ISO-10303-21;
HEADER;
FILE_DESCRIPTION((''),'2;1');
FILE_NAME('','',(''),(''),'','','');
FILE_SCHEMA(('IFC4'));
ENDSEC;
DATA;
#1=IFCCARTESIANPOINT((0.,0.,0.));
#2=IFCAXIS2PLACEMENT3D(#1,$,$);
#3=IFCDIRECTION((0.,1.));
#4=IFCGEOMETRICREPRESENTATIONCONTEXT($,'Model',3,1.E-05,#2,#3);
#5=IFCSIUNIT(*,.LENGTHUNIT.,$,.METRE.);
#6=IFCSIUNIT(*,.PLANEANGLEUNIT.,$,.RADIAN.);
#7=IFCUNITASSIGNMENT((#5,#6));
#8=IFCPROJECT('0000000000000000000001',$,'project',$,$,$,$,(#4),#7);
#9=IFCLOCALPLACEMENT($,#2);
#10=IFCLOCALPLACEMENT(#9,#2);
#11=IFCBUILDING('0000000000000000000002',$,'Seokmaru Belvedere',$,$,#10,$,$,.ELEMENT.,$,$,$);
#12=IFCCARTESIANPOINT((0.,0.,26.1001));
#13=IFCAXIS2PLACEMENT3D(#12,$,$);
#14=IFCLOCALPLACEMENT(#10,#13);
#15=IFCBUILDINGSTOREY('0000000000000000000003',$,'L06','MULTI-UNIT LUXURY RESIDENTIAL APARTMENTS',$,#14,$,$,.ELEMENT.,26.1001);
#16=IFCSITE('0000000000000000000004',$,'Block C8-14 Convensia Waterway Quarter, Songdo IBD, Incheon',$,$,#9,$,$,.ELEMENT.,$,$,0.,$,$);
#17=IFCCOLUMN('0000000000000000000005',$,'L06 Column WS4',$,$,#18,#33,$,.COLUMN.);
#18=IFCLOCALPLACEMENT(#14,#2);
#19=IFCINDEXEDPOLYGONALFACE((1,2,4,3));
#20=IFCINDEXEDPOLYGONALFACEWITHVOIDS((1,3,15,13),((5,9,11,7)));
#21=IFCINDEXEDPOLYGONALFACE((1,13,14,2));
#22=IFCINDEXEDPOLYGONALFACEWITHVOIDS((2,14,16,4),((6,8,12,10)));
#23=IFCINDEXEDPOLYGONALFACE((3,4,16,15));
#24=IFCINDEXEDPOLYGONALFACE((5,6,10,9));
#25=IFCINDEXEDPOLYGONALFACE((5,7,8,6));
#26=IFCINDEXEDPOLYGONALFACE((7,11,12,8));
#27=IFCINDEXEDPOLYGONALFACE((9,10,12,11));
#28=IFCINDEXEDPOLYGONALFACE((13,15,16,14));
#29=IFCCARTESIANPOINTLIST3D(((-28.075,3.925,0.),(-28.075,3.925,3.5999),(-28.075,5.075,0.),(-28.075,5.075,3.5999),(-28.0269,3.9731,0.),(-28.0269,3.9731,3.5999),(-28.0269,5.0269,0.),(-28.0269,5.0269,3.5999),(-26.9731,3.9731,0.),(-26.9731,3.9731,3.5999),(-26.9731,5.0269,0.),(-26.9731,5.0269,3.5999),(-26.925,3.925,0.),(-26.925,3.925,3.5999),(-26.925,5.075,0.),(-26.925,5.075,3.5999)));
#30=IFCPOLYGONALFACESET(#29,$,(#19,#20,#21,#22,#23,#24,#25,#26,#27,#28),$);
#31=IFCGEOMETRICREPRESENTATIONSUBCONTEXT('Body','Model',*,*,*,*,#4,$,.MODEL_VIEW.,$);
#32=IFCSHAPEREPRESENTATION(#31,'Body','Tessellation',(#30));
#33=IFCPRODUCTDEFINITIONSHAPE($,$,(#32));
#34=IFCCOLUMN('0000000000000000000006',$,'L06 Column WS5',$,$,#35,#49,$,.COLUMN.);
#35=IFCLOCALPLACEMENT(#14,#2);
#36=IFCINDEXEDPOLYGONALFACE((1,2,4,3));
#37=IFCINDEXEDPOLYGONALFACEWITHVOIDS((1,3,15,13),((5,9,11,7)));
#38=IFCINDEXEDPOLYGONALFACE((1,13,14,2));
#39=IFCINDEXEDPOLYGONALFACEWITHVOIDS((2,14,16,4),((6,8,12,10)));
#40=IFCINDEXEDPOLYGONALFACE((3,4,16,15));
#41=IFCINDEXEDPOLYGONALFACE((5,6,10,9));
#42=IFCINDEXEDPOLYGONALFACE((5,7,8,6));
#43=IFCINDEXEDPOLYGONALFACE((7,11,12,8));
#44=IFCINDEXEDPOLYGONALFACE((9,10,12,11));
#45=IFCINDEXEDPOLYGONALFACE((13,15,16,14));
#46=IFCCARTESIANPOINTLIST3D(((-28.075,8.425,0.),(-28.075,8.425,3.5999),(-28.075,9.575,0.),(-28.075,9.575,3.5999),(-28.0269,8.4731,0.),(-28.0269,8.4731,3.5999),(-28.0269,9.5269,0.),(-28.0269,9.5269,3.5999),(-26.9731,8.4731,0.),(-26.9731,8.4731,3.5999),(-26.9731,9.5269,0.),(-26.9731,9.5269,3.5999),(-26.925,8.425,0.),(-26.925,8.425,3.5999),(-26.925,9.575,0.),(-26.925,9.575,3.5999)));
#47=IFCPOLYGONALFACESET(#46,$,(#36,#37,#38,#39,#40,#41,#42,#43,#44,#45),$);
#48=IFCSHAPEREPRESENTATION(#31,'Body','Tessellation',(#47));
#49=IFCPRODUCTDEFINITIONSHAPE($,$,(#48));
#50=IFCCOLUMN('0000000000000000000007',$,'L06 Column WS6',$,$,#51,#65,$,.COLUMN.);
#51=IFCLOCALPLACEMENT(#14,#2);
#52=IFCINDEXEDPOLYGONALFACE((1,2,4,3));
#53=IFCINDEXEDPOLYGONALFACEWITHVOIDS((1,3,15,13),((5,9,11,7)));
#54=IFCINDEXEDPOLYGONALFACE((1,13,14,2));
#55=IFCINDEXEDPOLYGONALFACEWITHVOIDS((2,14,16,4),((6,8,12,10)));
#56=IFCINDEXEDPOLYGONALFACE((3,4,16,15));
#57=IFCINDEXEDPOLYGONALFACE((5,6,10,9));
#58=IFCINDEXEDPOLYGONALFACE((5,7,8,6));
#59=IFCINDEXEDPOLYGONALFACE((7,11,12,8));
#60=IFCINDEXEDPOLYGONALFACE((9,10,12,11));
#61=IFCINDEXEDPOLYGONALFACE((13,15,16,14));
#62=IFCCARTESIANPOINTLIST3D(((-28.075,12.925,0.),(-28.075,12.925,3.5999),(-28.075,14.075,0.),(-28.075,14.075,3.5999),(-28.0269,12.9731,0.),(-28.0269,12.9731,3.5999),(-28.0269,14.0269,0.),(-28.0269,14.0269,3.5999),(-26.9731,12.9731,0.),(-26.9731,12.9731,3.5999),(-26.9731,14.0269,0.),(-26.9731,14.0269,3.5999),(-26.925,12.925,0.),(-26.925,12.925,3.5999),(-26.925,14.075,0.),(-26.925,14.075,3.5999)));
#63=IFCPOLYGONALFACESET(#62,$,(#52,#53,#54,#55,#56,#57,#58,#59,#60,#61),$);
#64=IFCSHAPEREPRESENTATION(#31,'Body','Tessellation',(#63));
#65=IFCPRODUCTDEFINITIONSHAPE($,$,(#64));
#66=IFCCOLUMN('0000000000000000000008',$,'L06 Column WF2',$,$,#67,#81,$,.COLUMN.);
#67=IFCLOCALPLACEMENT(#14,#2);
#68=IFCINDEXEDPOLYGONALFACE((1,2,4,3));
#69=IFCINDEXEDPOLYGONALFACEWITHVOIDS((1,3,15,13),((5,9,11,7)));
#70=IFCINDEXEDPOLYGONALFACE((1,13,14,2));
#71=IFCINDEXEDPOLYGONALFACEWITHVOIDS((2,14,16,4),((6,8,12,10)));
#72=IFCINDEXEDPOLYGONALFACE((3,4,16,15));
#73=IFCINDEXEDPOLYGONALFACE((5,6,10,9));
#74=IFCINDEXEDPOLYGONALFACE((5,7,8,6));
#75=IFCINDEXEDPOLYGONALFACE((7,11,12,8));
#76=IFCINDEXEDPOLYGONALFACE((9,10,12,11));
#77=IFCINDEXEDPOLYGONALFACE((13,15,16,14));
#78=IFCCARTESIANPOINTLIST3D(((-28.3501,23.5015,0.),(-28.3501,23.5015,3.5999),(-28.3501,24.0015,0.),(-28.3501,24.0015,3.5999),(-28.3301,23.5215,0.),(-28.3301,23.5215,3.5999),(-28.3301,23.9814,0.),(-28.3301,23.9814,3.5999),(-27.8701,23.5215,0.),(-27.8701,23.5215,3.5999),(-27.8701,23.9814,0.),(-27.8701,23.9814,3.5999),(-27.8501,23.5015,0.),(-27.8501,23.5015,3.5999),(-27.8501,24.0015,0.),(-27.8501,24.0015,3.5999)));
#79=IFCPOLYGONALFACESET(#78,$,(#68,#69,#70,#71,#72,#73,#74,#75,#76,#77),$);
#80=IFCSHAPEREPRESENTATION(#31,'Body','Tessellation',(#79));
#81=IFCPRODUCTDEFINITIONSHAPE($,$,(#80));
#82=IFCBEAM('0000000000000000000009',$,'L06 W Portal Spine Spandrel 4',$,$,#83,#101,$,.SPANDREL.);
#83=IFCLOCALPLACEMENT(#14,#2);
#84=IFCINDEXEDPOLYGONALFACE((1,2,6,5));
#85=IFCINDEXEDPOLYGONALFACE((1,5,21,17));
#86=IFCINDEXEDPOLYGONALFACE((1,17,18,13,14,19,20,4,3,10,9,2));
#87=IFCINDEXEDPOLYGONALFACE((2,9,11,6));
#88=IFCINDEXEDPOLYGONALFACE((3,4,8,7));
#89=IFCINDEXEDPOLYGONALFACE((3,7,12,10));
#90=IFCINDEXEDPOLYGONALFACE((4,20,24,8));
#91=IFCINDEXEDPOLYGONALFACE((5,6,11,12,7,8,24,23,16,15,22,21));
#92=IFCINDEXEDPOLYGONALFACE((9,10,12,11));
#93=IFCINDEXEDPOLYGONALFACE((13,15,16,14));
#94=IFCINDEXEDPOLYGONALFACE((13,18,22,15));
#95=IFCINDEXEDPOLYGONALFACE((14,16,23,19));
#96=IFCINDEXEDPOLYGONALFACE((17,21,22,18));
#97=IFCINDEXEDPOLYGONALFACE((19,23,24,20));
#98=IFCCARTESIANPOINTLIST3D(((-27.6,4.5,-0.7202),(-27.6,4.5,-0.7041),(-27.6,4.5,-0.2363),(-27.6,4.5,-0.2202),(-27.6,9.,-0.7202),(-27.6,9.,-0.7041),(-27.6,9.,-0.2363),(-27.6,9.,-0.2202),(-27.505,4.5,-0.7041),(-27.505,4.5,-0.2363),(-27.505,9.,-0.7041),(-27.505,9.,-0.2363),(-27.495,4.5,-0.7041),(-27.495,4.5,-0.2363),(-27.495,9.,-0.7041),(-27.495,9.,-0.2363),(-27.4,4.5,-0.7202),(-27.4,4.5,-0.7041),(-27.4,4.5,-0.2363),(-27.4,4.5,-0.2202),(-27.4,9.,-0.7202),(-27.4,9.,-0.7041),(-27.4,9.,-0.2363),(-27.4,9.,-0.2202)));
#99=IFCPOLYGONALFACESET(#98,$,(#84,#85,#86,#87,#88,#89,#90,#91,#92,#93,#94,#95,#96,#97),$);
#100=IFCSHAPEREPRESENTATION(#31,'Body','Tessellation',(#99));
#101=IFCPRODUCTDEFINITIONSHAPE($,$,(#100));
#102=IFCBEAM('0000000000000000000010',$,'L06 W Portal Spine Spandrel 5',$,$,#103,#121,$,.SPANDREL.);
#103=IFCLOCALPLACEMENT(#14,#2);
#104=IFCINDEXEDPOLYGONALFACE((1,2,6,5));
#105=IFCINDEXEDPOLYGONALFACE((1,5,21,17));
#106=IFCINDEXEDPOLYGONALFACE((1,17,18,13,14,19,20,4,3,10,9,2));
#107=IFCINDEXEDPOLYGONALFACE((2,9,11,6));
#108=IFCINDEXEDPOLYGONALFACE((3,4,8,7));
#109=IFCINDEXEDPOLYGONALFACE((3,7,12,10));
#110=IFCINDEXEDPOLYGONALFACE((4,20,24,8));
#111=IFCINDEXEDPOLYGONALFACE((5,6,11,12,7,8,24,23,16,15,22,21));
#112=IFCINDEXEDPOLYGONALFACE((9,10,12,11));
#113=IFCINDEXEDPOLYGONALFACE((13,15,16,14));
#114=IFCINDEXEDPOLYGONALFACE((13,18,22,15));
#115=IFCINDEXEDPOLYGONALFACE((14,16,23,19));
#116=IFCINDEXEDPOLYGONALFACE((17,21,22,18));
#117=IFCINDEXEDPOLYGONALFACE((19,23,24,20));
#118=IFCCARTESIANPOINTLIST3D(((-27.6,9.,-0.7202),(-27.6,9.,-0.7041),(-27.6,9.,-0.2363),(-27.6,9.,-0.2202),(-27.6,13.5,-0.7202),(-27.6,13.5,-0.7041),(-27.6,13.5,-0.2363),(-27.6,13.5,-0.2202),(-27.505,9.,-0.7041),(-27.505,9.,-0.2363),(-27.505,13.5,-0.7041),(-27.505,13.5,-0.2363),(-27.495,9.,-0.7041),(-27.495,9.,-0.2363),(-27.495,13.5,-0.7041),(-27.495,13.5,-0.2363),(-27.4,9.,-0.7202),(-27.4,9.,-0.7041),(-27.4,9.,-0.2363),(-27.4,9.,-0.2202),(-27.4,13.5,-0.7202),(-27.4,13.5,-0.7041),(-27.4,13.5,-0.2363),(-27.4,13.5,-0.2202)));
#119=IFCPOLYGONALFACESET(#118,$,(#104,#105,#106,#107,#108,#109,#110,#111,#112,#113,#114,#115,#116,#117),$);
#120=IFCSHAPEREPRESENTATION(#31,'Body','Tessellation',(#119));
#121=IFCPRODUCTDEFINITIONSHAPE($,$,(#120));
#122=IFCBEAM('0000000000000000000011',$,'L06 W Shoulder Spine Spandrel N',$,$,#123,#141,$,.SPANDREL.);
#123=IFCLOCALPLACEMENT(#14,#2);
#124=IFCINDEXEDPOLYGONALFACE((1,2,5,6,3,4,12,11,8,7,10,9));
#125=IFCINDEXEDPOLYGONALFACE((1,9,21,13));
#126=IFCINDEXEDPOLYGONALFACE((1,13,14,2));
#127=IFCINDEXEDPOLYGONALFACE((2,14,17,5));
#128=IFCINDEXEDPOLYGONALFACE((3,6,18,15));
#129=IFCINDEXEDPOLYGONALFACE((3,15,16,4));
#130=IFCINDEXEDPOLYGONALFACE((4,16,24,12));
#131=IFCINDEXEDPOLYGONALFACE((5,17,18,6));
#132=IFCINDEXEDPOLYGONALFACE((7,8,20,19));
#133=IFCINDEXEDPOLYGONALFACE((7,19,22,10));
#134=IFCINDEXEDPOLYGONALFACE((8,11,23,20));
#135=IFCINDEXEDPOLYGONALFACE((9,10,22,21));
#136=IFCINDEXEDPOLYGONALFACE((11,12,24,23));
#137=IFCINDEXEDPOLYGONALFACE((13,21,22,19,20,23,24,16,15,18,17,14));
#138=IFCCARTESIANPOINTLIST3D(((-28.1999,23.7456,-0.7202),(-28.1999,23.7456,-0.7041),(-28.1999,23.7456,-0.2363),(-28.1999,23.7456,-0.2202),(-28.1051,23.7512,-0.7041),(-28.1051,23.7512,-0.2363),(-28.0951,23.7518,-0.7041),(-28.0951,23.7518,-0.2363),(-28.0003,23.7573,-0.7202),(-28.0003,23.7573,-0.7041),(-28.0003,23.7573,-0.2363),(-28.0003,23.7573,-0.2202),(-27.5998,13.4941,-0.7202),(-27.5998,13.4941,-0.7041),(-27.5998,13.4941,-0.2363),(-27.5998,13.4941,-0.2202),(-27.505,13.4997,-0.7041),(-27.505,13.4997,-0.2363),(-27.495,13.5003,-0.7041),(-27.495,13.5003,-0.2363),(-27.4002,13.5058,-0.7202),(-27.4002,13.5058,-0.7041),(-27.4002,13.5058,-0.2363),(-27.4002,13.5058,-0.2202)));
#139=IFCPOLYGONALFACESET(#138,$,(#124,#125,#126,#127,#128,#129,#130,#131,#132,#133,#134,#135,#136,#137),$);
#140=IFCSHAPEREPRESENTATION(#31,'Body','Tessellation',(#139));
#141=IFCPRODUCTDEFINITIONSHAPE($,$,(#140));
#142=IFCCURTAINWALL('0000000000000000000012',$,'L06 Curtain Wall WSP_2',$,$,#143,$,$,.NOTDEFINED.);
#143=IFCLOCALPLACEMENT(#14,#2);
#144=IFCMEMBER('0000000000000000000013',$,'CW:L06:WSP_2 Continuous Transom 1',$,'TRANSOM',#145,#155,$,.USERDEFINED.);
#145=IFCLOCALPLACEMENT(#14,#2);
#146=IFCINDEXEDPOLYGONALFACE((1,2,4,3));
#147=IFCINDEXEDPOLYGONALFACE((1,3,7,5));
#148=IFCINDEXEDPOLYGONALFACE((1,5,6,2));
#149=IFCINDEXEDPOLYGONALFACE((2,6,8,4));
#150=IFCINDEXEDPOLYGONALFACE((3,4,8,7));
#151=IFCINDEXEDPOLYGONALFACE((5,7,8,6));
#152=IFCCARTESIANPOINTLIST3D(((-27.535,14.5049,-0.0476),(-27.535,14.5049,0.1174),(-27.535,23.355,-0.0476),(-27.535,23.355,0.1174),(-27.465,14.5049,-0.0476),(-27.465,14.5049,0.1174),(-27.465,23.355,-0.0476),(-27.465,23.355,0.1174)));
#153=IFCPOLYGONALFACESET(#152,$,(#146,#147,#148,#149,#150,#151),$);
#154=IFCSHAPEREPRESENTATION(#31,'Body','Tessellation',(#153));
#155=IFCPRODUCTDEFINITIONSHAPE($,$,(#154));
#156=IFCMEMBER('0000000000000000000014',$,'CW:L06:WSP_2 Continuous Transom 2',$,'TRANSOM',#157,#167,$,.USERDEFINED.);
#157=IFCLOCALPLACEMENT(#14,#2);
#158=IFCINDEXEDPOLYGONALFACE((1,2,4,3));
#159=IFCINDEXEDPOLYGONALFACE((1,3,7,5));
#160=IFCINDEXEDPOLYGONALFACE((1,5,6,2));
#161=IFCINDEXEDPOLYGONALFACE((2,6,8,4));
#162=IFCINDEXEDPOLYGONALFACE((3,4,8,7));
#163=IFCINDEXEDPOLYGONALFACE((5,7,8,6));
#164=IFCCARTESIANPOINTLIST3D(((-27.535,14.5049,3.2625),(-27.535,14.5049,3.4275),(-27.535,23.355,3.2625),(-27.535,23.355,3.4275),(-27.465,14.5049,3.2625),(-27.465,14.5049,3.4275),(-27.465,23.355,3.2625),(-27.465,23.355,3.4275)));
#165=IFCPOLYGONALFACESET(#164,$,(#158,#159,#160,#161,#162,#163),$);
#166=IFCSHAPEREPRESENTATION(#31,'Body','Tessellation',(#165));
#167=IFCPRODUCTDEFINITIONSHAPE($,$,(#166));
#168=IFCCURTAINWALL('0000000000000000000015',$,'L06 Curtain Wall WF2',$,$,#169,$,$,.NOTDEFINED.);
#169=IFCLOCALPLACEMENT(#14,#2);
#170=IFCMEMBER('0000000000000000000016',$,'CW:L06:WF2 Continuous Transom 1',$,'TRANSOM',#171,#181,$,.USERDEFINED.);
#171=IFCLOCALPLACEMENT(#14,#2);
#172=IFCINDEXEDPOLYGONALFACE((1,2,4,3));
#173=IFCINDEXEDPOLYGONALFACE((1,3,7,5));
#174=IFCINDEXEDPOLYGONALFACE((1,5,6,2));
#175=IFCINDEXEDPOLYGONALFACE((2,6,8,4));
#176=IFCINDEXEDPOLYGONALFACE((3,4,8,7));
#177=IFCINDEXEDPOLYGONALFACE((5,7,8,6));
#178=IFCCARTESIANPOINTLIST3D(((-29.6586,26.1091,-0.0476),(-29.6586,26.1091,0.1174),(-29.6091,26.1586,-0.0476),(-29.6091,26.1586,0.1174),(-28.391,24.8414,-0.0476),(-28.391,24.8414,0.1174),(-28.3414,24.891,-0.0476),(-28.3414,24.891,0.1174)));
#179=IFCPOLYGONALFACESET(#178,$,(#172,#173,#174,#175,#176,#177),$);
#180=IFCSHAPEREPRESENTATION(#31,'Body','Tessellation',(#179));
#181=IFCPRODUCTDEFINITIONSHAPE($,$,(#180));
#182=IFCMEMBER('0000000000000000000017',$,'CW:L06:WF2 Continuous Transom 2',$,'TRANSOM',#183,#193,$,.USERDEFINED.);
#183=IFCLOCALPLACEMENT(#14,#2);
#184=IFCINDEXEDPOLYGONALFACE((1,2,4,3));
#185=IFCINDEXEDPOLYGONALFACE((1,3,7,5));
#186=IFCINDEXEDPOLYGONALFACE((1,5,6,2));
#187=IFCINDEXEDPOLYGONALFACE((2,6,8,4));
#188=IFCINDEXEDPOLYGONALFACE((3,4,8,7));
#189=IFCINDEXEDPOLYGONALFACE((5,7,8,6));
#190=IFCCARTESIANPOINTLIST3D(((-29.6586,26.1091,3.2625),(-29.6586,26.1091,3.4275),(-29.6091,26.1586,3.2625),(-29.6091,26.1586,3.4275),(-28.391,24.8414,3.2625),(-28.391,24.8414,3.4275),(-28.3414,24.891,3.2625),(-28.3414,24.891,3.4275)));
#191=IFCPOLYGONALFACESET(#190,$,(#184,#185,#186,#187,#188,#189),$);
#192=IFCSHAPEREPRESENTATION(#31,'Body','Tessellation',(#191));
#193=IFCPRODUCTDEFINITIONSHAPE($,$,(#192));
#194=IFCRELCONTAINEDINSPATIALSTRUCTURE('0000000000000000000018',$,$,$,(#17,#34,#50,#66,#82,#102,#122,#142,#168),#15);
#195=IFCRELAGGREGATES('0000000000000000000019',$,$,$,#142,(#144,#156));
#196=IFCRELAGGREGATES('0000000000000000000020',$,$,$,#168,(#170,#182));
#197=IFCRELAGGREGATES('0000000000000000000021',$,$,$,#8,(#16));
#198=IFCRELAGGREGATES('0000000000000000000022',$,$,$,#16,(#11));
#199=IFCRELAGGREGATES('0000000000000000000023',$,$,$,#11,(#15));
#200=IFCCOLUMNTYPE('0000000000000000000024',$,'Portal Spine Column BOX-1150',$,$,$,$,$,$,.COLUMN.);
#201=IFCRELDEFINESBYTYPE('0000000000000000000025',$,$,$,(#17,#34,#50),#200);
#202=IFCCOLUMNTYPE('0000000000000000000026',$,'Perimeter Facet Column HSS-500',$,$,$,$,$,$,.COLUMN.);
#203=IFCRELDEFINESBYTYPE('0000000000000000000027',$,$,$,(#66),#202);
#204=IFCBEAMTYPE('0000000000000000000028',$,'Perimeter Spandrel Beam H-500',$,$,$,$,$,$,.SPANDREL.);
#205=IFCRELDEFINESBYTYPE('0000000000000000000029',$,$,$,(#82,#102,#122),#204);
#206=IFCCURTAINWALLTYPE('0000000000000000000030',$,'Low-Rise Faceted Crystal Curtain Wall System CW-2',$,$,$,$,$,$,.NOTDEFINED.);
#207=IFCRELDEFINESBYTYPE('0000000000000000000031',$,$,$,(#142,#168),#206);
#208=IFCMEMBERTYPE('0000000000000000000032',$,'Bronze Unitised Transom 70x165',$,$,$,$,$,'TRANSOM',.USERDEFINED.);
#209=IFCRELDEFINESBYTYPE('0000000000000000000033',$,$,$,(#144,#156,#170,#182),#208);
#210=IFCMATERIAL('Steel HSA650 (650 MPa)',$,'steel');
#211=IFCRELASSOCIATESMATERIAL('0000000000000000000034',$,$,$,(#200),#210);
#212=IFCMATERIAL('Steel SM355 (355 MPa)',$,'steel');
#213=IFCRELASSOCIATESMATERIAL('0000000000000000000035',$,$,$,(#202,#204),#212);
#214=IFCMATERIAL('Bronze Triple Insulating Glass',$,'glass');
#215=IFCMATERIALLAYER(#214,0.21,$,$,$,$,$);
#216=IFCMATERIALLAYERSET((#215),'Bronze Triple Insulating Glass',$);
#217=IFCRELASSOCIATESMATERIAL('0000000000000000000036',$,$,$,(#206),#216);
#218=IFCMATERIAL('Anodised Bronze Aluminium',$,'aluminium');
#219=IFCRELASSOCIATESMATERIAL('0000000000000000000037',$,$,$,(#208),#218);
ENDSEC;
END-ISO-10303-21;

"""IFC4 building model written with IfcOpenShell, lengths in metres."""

from ifc_helpers import new_model, si_unit, direction, frame, origin, origin_2d, place, context, subcontext, project, spatial, rectangle, hollow_rectangle, i_section, extrude, source, transform, mapped, material, layer, layer_set, material_profile, profile_set, type_object, type_shapes, element, aggregate, save


model = new_model("IFC4")

# Units and contexts
model_context = context("Model", 3, precision=1e-05, world=origin(), true_north=direction((0.0, 1.0)))
body_context = subcontext(model_context, "Body", "Model", "MODEL_VIEW")
ifc_project = project(units=[si_unit("LENGTHUNIT", "METRE"), si_unit("PLANEANGLEUNIT", "RADIAN")], contexts=[model_context])

# Site, building, storey
site_placement = place(None, origin())
site = spatial("IfcSite", under=ifc_project, at=site_placement, Name="Block C8-14 Convensia Waterway Quarter, Songdo IBD, Incheon", CompositionType="ELEMENT", RefElevation=0.0)
building_placement = place(site_placement, origin())
building = spatial("IfcBuilding", under=site, at=building_placement, Name="Seokmaru Belvedere", CompositionType="ELEMENT")
storey_placement = place(building_placement, frame((0.0, 0.0, 26.1001)))
storey = spatial("IfcBuildingStorey", under=building, at=storey_placement, Name="L06", Description="MULTI-UNIT LUXURY RESIDENTIAL APARTMENTS", CompositionType="ELEMENT", Elevation=26.1001)

# Columns
ifc_material_1 = material(Name="Steel HSA650 (650 MPa)", Category="steel")
ifc_material_profile_1 = material_profile(ifc_material_1, hollow_rectangle(XDim=1.1499, YDim=1.1499, WallThickness=0.0481, at=origin_2d()), Name="BOX-1150x1150x48")
ifc_profile_set_1 = profile_set([ifc_material_profile_1], Name="Steel HSA650 (650 MPa)")
column_type_1 = type_object("IfcColumnType", Name="Portal Spine Column BOX-1150", PredefinedType="COLUMN", material=ifc_profile_set_1)
shared_shape_1 = source(origin(), body_context, "Body", "SweptSolid", [
    extrude(hollow_rectangle(XDim=1.1499, YDim=1.1499, WallThickness=0.0481, at=origin_2d()), origin(), (0.0, 0.0, 1.0), 3.5999),
])
type_shapes(column_type_1, [shared_shape_1])
for number, where, z_axis, x_axis, name in (
    (1, (-27.5, 4.5, 0.0), (0.0, 0.0, 1.0), (1.0, 0.0, 0.0), "L06 Column WS4"),
    (2, (-27.5, 9.0, 0.0), (0.0, 0.0, 1.0), (1.0, 0.0, 0.0), "L06 Column WS5"),
    (3, (-27.5, 13.5, 0.0), (0.0, 0.0, 1.0), (1.0, 0.0, 0.0), "L06 Column WS6"),
):
    element("IfcColumn", number, at=place(storey_placement, frame(where, z_axis=z_axis, x_axis=x_axis)), inside=storey, type_object=column_type_1, Name=name, PredefinedType="COLUMN", context=body_context, shape_type="MappedRepresentation", body=[
        mapped(shared_shape_1, transform((0.0, 0.0, 0.0), scale=1.0)),
    ])
ifc_material_2 = material(Name="Steel SM355 (355 MPa)", Category="steel")
ifc_material_profile_2 = material_profile(ifc_material_2, hollow_rectangle(XDim=0.5, YDim=0.5, WallThickness=0.02, at=origin_2d()), Name="HSS-500x500x20")
ifc_profile_set_2 = profile_set([ifc_material_profile_2], Name="Steel SM355 (355 MPa)")
column_type_2 = type_object("IfcColumnType", Name="Perimeter Facet Column HSS-500", PredefinedType="COLUMN", material=ifc_profile_set_2)
shared_shape_2 = source(origin(), body_context, "Body", "SweptSolid", [
    extrude(hollow_rectangle(XDim=0.5, YDim=0.5, WallThickness=0.02, at=origin_2d()), origin(), (0.0, 0.0, 1.0), 3.5999),
])
type_shapes(column_type_2, [shared_shape_2])
column_placement = place(storey_placement, frame((-28.1001, 23.7515, 0.0), z_axis=(0.0, 0.0, 1.0), x_axis=(1.0, 0.0, 0.0)))
element("IfcColumn", 4, at=column_placement, inside=storey, type_object=column_type_2, Name="L06 Column WF2", PredefinedType="COLUMN", context=body_context, shape_type="MappedRepresentation", body=[
    mapped(shared_shape_2, transform((0.0, 0.0, 0.0), scale=1.0)),
])

# Beams
ifc_material_profile_3 = material_profile(ifc_material_2, i_section(OverallWidth=0.2, OverallDepth=0.5, WebThickness=0.01, FlangeThickness=0.0161, at=origin_2d()), Name="H-500x200x10x16")
ifc_profile_set_3 = profile_set([ifc_material_profile_3], Name="Steel SM355 (355 MPa)")
beam_type = type_object("IfcBeamType", Name="Perimeter Spandrel Beam H-500", PredefinedType="SPANDREL", material=ifc_profile_set_3)
shared_shape_3 = source(origin(), body_context, "Body", "SweptSolid", [
    extrude(i_section(OverallWidth=0.2, OverallDepth=0.5, WebThickness=0.01, FlangeThickness=0.0161, at=origin_2d()), origin(), (0.0, 0.0, 1.0), 4.5),
])
for number, where, z_axis, x_axis, name in (
    (5, (-27.5, 4.5, -0.4702), (0.0, 1.0, 0.0), (-1.0, 0.0, 0.0), "L06 W Portal Spine Spandrel 4"),
    (6, (-27.5, 9.0, -0.4702), (0.0, 1.0, 0.0), (-1.0, 0.0, 0.0), "L06 W Portal Spine Spandrel 5"),
):
    element("IfcBeam", number, at=place(storey_placement, frame(where, z_axis=z_axis, x_axis=x_axis)), inside=storey, type_object=beam_type, Name=name, PredefinedType="SPANDREL", context=body_context, shape_type="MappedRepresentation", body=[
        mapped(shared_shape_3, transform((0.0, 0.0, 0.0), scale=1.0)),
    ])
shared_shape_4 = source(origin(), body_context, "Body", "SweptSolid", [
    extrude(i_section(OverallWidth=0.2, OverallDepth=0.5, WebThickness=0.01, FlangeThickness=0.0161, at=origin_2d()), origin(), (0.0, 0.0, 1.0), 10.269),
])
type_shapes(beam_type, [shared_shape_3, shared_shape_4])
beam_placement = place(storey_placement, frame((-28.1001, 23.7515, -0.4702), z_axis=(0.058438, -0.998291, 0.0), x_axis=(0.998291, 0.058438, 0.0)))
element("IfcBeam", 7, at=beam_placement, inside=storey, type_object=beam_type, Name="L06 W Shoulder Spine Spandrel N", PredefinedType="SPANDREL", context=body_context, shape_type="MappedRepresentation", body=[
    mapped(shared_shape_4, transform((0.0, 0.0, 0.0), scale=1.0)),
])

# Curtain walls, members
ifc_material_3 = material(Name="Bronze Triple Insulating Glass", Category="glass")
ifc_layer_1 = layer(ifc_material_3, 0.21)
ifc_layer_set_1 = layer_set([ifc_layer_1], Name="Bronze Triple Insulating Glass")
curtain_wall_type = type_object("IfcCurtainWallType", Name="Low-Rise Faceted Crystal Curtain Wall System CW-2", PredefinedType="NOTDEFINED", material=ifc_layer_set_1)
curtain_wall_1_placement = place(storey_placement, origin())
curtain_wall_1 = element("IfcCurtainWall", 8, at=curtain_wall_1_placement, inside=storey, type_object=curtain_wall_type, Name="L06 Curtain Wall WSP_2", PredefinedType="NOTDEFINED")
ifc_material_4 = material(Name="Anodised Bronze Aluminium", Category="aluminium")
ifc_material_profile_4 = material_profile(ifc_material_4, rectangle(XDim=0.0701, YDim=0.165, at=origin_2d()), Name="CW-T-70x165")
ifc_profile_set_4 = profile_set([ifc_material_profile_4], Name="Anodised Bronze Aluminium")
member_type_1 = type_object("IfcMemberType", Name="Bronze Unitised Transom 70x165", ElementType="TRANSOM", PredefinedType="USERDEFINED", material=ifc_profile_set_4)
shared_shape_5 = source(origin(), body_context, "Body", "SweptSolid", [
    extrude(rectangle(XDim=0.0701, YDim=0.165, at=origin_2d()), origin(), (0.0, 0.0, 1.0), 8.8501),
])
member_1_placement = place(storey_placement, frame((-27.5, 14.5049, 0.0349), z_axis=(0.0, 1.0, 0.0), x_axis=(-1.0, 0.0, 0.0)))
member_1 = element("IfcMember", 9, at=member_1_placement, type_object=member_type_1, Name="CW:L06:WSP_2 Continuous Transom 1", ObjectType="TRANSOM", PredefinedType="USERDEFINED", context=body_context, shape_type="MappedRepresentation", body=[
    mapped(shared_shape_5, transform((0.0, 0.0, 0.0), scale=1.0)),
])
member_2_placement = place(storey_placement, frame((-27.5, 14.5049, 3.345), z_axis=(0.0, 1.0, 0.0), x_axis=(-1.0, 0.0, 0.0)))
member_2 = element("IfcMember", 10, at=member_2_placement, type_object=member_type_1, Name="CW:L06:WSP_2 Continuous Transom 2", ObjectType="TRANSOM", PredefinedType="USERDEFINED", context=body_context, shape_type="MappedRepresentation", body=[
    mapped(shared_shape_5, transform((0.0, 0.0, 0.0), scale=1.0)),
])
curtain_wall_2_placement = place(storey_placement, origin())
curtain_wall_2 = element("IfcCurtainWall", 11, at=curtain_wall_2_placement, inside=storey, type_object=curtain_wall_type, Name="L06 Curtain Wall WF2", PredefinedType="NOTDEFINED")
shared_shape_6 = source(origin(), body_context, "Body", "SweptSolid", [
    extrude(rectangle(XDim=0.0701, YDim=0.165, at=origin_2d()), origin(), (0.0, 0.0, 1.0), 1.7927),
])
type_shapes(member_type_1, [shared_shape_5, shared_shape_6])
member_3_placement = place(storey_placement, frame((-28.3662, 24.8662, 0.0349), z_axis=(-0.707107, 0.707107, 0.0), x_axis=(-0.707107, -0.707107, 0.0)))
member_3 = element("IfcMember", 12, at=member_3_placement, type_object=member_type_1, Name="CW:L06:WF2 Continuous Transom 1", ObjectType="TRANSOM", PredefinedType="USERDEFINED", context=body_context, shape_type="MappedRepresentation", body=[
    mapped(shared_shape_6, transform((0.0, 0.0, 0.0), scale=1.0)),
])
member_4_placement = place(storey_placement, frame((-28.3662, 24.8662, 3.345), z_axis=(-0.707107, 0.707107, 0.0), x_axis=(-0.707107, -0.707107, 0.0)))
member_4 = element("IfcMember", 13, at=member_4_placement, type_object=member_type_1, Name="CW:L06:WF2 Continuous Transom 2", ObjectType="TRANSOM", PredefinedType="USERDEFINED", context=body_context, shape_type="MappedRepresentation", body=[
    mapped(shared_shape_6, transform((0.0, 0.0, 0.0), scale=1.0)),
])

aggregate(curtain_wall_1, [member_1, member_2])
aggregate(curtain_wall_2, [member_3, member_4])

save(model, "model.ifc")
